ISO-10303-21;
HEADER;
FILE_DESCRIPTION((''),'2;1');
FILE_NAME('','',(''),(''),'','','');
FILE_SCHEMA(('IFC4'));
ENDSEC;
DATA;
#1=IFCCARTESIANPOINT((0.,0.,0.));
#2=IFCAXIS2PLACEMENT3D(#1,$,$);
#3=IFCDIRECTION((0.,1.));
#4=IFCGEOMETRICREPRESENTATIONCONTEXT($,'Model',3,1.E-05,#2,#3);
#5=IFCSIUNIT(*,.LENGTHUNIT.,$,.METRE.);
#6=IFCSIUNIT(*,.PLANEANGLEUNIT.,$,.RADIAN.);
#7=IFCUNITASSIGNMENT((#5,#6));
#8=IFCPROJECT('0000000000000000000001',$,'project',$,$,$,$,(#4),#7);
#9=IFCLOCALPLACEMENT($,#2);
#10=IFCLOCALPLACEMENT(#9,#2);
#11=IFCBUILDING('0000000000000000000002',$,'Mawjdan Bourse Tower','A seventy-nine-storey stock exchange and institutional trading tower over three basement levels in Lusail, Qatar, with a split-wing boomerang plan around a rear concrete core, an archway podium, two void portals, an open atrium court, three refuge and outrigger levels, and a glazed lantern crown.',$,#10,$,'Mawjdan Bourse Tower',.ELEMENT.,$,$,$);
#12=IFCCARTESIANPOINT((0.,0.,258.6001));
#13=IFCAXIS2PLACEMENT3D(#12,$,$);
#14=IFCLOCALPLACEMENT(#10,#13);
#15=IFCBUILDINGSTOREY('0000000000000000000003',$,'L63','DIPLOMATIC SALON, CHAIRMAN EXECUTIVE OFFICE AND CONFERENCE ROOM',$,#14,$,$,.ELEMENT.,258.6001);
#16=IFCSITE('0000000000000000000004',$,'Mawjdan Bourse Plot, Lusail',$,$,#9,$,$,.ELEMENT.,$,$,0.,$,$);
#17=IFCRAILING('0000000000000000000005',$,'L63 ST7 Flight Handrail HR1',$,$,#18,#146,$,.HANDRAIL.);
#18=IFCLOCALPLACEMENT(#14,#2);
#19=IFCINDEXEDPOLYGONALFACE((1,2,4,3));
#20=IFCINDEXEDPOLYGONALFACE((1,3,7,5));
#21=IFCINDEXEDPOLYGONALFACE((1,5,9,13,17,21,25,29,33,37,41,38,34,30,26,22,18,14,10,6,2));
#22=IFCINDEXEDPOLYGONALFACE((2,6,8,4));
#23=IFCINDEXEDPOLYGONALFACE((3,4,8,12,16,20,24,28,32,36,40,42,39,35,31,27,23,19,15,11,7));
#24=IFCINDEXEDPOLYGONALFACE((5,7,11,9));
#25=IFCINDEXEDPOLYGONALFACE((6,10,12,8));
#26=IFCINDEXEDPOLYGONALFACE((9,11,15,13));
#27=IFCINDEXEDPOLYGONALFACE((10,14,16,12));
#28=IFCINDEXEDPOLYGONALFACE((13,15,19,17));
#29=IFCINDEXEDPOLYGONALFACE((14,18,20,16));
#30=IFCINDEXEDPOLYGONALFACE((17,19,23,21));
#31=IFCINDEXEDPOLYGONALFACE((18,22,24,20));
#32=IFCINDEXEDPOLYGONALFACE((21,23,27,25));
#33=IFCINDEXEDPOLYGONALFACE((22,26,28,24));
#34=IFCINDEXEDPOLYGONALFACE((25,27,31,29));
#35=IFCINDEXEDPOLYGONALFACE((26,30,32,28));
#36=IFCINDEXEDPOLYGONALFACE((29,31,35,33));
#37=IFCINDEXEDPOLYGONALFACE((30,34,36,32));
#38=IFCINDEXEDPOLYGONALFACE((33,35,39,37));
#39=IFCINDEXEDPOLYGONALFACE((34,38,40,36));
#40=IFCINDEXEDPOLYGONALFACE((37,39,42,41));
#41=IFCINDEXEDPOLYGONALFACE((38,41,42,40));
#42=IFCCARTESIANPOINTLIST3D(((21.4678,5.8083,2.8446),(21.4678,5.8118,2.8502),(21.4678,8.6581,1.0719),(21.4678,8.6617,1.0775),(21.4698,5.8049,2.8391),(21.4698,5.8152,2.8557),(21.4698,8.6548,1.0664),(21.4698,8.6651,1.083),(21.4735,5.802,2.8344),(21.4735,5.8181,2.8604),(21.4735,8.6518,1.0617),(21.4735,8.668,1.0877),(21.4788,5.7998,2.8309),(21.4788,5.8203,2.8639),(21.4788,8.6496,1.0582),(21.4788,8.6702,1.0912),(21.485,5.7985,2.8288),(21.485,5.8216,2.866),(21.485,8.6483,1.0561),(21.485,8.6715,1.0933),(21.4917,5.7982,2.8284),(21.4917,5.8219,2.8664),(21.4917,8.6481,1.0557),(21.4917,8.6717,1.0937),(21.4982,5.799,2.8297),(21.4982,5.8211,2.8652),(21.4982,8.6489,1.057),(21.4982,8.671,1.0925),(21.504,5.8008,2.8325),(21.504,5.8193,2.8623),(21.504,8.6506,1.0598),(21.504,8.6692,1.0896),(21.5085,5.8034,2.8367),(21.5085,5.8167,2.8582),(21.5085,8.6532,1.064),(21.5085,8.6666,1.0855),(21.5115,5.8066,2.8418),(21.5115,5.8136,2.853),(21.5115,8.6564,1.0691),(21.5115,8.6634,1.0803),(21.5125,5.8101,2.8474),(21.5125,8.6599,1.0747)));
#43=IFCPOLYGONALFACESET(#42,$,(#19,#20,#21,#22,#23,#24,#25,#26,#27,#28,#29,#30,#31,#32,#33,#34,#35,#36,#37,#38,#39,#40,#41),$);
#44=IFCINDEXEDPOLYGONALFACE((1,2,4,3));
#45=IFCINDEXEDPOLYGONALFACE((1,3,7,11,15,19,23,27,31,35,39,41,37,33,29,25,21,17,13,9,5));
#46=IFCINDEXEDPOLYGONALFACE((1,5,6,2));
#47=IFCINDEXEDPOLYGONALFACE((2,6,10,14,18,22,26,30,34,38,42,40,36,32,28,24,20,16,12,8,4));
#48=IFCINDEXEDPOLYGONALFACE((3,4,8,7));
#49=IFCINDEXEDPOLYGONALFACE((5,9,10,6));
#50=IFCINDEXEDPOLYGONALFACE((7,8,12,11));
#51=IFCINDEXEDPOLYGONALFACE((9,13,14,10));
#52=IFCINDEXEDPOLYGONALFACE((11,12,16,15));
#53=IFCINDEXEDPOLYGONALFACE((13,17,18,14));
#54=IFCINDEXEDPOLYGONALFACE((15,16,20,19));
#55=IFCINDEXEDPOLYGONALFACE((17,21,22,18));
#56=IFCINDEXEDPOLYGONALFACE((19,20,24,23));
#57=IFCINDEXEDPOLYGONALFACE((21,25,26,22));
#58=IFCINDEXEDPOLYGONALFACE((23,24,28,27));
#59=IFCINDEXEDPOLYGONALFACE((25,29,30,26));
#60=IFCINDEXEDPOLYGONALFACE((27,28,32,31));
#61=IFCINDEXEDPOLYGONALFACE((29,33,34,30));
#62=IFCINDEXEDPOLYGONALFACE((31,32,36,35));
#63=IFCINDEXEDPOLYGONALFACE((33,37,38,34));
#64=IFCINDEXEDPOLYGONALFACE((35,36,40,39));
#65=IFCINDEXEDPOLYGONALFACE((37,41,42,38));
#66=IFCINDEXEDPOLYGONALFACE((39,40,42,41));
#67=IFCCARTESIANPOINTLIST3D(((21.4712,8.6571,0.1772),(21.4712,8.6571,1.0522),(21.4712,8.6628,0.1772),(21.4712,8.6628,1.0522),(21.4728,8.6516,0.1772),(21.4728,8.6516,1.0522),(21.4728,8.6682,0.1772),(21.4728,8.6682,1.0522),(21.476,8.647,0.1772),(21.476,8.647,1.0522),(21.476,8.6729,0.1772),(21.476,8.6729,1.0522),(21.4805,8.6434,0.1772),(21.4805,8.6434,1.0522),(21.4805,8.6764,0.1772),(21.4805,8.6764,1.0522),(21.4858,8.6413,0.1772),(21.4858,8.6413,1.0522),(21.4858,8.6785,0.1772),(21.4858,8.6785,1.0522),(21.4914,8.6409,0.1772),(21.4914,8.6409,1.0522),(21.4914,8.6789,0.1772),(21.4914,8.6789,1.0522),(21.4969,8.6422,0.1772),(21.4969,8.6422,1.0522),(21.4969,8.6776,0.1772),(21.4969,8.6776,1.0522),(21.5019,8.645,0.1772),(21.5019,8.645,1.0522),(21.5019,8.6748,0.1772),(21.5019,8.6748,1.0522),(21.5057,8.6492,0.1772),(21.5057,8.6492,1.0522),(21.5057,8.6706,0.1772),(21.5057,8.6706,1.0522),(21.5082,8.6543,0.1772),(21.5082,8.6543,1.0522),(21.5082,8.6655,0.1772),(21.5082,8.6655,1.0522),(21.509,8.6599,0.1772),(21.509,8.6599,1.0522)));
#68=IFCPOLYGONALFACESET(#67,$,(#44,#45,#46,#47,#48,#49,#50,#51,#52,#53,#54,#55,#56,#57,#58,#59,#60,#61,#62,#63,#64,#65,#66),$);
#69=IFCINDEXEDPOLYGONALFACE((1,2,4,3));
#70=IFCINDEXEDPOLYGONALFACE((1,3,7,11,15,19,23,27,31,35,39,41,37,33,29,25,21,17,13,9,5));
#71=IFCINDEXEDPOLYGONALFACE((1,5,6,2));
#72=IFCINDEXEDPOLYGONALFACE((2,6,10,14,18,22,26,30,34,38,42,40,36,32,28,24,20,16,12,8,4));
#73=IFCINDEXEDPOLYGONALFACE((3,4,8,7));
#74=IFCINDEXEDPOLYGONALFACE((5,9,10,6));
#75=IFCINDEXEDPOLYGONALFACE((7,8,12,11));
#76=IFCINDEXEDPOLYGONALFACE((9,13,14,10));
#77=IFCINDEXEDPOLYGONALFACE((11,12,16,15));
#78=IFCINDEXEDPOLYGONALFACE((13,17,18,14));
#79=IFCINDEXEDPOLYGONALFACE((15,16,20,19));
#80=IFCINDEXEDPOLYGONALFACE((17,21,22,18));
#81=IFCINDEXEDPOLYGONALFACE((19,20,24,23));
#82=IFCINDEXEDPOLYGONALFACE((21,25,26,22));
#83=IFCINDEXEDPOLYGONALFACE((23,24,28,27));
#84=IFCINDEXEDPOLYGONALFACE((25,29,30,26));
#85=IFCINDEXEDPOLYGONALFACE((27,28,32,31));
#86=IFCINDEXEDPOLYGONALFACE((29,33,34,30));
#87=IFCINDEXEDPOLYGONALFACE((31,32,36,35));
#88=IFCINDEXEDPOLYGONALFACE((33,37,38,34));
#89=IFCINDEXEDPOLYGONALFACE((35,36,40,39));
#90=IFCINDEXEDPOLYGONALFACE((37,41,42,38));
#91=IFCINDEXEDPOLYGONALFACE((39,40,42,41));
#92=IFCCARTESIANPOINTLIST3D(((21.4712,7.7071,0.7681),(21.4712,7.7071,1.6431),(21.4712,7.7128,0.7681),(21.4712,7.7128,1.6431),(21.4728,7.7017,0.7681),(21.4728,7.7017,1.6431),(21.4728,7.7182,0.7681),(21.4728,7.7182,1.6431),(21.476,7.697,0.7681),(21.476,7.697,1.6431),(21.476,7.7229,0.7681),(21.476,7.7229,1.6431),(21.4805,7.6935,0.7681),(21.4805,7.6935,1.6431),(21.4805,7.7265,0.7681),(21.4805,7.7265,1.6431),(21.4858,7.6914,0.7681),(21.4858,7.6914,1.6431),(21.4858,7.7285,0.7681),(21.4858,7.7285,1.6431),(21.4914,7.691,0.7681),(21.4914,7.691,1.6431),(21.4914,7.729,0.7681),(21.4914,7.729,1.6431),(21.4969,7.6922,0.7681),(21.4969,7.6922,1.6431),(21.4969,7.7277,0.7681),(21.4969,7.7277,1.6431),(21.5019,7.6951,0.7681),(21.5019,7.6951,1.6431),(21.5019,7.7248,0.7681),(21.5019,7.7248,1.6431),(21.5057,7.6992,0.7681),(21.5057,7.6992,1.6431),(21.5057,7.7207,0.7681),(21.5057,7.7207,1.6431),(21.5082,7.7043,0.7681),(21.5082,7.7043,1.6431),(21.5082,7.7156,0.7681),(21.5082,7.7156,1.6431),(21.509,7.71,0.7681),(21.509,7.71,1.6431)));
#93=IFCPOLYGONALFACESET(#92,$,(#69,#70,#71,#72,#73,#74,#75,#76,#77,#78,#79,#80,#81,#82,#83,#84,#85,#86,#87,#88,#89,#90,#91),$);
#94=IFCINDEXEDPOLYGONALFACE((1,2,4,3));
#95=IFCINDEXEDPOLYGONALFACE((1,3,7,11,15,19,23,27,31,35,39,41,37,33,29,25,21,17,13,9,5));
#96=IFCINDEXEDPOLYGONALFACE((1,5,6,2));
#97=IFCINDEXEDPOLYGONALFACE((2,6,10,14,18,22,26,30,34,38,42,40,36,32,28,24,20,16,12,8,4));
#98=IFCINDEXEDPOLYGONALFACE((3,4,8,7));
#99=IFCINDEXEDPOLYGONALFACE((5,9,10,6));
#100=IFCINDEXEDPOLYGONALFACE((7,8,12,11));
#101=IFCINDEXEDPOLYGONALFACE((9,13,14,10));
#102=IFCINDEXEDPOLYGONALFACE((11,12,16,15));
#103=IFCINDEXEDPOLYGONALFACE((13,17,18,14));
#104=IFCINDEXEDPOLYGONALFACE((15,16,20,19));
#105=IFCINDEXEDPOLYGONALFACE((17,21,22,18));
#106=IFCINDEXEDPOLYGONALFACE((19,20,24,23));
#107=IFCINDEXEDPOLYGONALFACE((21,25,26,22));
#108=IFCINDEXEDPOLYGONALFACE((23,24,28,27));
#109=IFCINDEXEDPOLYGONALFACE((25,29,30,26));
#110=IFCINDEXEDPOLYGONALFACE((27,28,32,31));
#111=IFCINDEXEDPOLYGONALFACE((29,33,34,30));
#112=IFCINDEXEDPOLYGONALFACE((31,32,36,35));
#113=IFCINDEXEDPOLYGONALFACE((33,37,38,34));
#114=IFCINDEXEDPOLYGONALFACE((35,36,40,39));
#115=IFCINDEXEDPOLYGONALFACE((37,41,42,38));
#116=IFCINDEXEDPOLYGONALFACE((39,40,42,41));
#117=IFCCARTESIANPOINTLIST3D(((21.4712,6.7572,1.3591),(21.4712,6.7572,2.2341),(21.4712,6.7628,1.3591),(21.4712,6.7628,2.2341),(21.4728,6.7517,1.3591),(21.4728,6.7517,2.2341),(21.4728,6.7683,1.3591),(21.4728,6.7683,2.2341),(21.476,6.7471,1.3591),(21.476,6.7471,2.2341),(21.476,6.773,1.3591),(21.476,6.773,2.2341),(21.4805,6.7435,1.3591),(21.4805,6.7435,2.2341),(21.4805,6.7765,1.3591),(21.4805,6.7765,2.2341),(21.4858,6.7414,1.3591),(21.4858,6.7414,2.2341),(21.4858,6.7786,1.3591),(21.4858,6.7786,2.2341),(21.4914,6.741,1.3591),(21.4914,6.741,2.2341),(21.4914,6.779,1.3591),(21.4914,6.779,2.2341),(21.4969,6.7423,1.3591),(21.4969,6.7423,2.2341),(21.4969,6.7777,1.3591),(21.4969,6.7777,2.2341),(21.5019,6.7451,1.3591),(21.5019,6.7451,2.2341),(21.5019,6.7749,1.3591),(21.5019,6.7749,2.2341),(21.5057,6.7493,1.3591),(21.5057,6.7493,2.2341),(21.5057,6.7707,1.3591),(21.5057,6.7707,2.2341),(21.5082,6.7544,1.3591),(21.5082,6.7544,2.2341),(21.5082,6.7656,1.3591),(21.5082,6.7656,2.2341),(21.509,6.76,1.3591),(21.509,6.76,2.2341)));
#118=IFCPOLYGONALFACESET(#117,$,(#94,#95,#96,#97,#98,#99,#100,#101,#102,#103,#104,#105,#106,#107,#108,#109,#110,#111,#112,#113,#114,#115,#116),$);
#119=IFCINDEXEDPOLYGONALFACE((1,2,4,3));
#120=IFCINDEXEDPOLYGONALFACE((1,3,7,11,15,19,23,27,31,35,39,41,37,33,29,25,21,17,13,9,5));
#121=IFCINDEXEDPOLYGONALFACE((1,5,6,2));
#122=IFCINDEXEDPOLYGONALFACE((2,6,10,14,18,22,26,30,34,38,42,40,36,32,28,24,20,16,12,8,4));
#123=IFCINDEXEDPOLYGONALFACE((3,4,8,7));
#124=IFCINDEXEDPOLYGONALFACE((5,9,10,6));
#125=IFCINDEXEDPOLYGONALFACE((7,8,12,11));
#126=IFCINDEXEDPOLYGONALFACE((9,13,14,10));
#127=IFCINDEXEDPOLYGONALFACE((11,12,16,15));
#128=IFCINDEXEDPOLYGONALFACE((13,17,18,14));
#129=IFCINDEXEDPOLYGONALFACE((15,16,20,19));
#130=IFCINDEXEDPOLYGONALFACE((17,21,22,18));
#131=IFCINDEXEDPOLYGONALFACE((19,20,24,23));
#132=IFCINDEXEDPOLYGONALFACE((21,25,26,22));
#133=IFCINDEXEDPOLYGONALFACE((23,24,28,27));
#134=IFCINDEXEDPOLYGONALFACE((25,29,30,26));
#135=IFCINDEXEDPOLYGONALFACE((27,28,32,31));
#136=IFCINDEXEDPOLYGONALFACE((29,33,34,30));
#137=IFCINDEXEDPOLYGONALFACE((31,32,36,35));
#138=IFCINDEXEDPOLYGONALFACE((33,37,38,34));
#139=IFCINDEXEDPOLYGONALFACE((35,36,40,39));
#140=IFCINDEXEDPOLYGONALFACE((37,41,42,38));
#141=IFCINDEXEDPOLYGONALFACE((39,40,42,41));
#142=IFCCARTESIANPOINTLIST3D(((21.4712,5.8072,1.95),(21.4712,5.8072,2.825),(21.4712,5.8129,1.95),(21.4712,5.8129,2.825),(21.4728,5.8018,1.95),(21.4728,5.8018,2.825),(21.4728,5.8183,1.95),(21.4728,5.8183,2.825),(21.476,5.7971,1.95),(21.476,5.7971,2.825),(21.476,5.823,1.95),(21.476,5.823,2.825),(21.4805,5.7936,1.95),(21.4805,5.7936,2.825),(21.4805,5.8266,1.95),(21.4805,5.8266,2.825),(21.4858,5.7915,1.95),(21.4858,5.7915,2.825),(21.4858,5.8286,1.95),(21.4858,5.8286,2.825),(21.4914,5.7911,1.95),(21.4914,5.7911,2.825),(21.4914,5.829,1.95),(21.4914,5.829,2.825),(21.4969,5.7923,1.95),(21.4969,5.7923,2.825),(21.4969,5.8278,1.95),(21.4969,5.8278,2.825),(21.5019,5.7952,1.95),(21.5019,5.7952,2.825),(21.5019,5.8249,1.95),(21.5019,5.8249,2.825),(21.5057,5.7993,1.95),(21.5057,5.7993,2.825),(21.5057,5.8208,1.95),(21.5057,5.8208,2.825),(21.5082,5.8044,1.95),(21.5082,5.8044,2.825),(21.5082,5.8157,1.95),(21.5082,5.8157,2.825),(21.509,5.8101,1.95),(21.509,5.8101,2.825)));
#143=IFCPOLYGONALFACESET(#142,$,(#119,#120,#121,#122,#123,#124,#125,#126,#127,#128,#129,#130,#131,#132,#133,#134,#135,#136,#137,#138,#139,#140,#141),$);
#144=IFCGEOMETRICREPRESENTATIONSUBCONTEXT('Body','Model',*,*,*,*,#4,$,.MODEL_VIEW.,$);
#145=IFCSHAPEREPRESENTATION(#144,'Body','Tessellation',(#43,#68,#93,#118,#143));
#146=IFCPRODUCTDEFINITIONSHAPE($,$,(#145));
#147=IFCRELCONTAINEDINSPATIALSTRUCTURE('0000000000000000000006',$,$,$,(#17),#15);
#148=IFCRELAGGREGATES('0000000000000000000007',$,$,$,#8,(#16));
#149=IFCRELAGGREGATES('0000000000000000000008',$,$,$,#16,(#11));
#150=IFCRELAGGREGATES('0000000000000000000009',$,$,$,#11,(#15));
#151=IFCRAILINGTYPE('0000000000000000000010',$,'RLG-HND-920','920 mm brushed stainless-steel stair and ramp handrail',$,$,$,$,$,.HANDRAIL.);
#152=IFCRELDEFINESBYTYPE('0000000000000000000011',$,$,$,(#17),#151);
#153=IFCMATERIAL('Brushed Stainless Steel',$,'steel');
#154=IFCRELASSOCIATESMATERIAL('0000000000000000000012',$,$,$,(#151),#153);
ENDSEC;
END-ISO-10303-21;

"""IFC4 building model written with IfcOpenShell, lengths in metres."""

from ifc_helpers import new_model, si_unit, direction, frame, origin, origin_2d, place, context, subcontext, project, spatial, circle, extrude, material, type_object, element, save


model = new_model("IFC4")

# Units and contexts
model_context = context("Model", 3, precision=1e-05, world=origin(), true_north=direction((0.0, 1.0)))
body_context = subcontext(model_context, "Body", "Model", "MODEL_VIEW")
ifc_project = project(units=[si_unit("LENGTHUNIT", "METRE"), si_unit("PLANEANGLEUNIT", "RADIAN")], contexts=[model_context])

# Site, building, storey
site_placement = place(None, origin())
site = spatial("IfcSite", under=ifc_project, at=site_placement, Name="Mawjdan Bourse Plot, Lusail", CompositionType="ELEMENT", RefElevation=0.0)
building_placement = place(site_placement, origin())
building = spatial("IfcBuilding", under=site, at=building_placement, Name="Mawjdan Bourse Tower", Description="A seventy-nine-storey stock exchange and institutional trading tower over three basement levels in Lusail, Qatar, with a split-wing boomerang plan around a rear concrete core, an archway podium, two void portals, an open atrium court, three refuge and outrigger levels, and a glazed lantern crown.", LongName="Mawjdan Bourse Tower", CompositionType="ELEMENT")
storey_placement = place(building_placement, frame((0.0, 0.0, 258.6001)))
storey = spatial("IfcBuildingStorey", under=building, at=storey_placement, Name="L63", Description="DIPLOMATIC SALON, CHAIRMAN EXECUTIVE OFFICE AND CONFERENCE ROOM", CompositionType="ELEMENT", Elevation=258.6001)

# Railing
ifc_material_1 = material(Name="Brushed Stainless Steel", Category="steel")
railing_type = type_object("IfcRailingType", Name="RLG-HND-920", Description="920 mm brushed stainless-steel stair and ramp handrail", PredefinedType="HANDRAIL", material=ifc_material_1)
railing_1_placement = place(storey_placement, frame((21.49, 8.6599, 0.1772)))
element("IfcRailing", 1, at=railing_1_placement, inside=storey, type_object=railing_type, Name="L63 ST7 Flight Handrail HR1", PredefinedType="HANDRAIL", context=body_context, shape_type="SweptSolid", body=[
    extrude(circle(Radius=0.0225, at=origin_2d()), frame((0.0, 0.0, 0.8975), z_axis=(0.0, -0.849128, 0.528187), x_axis=(1.0, 0.0, 0.0)), (0.0, 0.0, 1.0), 3.3562),
    extrude(circle(Radius=0.019, at=origin_2d()), origin(), (0.0, 0.0, 1.0), 0.875),
    extrude(circle(Radius=0.019, at=origin_2d()), frame((0.0, -0.95, 0.5908)), (0.0, 0.0, 1.0), 0.875),
    extrude(circle(Radius=0.019, at=origin_2d()), frame((0.0, -1.8999, 1.1819)), (0.0, 0.0, 1.0), 0.875),
    extrude(circle(Radius=0.019, at=origin_2d()), frame((0.0, -2.8499, 1.7727)), (0.0, 0.0, 1.0), 0.875),
])

save(model, "model.ifc")
